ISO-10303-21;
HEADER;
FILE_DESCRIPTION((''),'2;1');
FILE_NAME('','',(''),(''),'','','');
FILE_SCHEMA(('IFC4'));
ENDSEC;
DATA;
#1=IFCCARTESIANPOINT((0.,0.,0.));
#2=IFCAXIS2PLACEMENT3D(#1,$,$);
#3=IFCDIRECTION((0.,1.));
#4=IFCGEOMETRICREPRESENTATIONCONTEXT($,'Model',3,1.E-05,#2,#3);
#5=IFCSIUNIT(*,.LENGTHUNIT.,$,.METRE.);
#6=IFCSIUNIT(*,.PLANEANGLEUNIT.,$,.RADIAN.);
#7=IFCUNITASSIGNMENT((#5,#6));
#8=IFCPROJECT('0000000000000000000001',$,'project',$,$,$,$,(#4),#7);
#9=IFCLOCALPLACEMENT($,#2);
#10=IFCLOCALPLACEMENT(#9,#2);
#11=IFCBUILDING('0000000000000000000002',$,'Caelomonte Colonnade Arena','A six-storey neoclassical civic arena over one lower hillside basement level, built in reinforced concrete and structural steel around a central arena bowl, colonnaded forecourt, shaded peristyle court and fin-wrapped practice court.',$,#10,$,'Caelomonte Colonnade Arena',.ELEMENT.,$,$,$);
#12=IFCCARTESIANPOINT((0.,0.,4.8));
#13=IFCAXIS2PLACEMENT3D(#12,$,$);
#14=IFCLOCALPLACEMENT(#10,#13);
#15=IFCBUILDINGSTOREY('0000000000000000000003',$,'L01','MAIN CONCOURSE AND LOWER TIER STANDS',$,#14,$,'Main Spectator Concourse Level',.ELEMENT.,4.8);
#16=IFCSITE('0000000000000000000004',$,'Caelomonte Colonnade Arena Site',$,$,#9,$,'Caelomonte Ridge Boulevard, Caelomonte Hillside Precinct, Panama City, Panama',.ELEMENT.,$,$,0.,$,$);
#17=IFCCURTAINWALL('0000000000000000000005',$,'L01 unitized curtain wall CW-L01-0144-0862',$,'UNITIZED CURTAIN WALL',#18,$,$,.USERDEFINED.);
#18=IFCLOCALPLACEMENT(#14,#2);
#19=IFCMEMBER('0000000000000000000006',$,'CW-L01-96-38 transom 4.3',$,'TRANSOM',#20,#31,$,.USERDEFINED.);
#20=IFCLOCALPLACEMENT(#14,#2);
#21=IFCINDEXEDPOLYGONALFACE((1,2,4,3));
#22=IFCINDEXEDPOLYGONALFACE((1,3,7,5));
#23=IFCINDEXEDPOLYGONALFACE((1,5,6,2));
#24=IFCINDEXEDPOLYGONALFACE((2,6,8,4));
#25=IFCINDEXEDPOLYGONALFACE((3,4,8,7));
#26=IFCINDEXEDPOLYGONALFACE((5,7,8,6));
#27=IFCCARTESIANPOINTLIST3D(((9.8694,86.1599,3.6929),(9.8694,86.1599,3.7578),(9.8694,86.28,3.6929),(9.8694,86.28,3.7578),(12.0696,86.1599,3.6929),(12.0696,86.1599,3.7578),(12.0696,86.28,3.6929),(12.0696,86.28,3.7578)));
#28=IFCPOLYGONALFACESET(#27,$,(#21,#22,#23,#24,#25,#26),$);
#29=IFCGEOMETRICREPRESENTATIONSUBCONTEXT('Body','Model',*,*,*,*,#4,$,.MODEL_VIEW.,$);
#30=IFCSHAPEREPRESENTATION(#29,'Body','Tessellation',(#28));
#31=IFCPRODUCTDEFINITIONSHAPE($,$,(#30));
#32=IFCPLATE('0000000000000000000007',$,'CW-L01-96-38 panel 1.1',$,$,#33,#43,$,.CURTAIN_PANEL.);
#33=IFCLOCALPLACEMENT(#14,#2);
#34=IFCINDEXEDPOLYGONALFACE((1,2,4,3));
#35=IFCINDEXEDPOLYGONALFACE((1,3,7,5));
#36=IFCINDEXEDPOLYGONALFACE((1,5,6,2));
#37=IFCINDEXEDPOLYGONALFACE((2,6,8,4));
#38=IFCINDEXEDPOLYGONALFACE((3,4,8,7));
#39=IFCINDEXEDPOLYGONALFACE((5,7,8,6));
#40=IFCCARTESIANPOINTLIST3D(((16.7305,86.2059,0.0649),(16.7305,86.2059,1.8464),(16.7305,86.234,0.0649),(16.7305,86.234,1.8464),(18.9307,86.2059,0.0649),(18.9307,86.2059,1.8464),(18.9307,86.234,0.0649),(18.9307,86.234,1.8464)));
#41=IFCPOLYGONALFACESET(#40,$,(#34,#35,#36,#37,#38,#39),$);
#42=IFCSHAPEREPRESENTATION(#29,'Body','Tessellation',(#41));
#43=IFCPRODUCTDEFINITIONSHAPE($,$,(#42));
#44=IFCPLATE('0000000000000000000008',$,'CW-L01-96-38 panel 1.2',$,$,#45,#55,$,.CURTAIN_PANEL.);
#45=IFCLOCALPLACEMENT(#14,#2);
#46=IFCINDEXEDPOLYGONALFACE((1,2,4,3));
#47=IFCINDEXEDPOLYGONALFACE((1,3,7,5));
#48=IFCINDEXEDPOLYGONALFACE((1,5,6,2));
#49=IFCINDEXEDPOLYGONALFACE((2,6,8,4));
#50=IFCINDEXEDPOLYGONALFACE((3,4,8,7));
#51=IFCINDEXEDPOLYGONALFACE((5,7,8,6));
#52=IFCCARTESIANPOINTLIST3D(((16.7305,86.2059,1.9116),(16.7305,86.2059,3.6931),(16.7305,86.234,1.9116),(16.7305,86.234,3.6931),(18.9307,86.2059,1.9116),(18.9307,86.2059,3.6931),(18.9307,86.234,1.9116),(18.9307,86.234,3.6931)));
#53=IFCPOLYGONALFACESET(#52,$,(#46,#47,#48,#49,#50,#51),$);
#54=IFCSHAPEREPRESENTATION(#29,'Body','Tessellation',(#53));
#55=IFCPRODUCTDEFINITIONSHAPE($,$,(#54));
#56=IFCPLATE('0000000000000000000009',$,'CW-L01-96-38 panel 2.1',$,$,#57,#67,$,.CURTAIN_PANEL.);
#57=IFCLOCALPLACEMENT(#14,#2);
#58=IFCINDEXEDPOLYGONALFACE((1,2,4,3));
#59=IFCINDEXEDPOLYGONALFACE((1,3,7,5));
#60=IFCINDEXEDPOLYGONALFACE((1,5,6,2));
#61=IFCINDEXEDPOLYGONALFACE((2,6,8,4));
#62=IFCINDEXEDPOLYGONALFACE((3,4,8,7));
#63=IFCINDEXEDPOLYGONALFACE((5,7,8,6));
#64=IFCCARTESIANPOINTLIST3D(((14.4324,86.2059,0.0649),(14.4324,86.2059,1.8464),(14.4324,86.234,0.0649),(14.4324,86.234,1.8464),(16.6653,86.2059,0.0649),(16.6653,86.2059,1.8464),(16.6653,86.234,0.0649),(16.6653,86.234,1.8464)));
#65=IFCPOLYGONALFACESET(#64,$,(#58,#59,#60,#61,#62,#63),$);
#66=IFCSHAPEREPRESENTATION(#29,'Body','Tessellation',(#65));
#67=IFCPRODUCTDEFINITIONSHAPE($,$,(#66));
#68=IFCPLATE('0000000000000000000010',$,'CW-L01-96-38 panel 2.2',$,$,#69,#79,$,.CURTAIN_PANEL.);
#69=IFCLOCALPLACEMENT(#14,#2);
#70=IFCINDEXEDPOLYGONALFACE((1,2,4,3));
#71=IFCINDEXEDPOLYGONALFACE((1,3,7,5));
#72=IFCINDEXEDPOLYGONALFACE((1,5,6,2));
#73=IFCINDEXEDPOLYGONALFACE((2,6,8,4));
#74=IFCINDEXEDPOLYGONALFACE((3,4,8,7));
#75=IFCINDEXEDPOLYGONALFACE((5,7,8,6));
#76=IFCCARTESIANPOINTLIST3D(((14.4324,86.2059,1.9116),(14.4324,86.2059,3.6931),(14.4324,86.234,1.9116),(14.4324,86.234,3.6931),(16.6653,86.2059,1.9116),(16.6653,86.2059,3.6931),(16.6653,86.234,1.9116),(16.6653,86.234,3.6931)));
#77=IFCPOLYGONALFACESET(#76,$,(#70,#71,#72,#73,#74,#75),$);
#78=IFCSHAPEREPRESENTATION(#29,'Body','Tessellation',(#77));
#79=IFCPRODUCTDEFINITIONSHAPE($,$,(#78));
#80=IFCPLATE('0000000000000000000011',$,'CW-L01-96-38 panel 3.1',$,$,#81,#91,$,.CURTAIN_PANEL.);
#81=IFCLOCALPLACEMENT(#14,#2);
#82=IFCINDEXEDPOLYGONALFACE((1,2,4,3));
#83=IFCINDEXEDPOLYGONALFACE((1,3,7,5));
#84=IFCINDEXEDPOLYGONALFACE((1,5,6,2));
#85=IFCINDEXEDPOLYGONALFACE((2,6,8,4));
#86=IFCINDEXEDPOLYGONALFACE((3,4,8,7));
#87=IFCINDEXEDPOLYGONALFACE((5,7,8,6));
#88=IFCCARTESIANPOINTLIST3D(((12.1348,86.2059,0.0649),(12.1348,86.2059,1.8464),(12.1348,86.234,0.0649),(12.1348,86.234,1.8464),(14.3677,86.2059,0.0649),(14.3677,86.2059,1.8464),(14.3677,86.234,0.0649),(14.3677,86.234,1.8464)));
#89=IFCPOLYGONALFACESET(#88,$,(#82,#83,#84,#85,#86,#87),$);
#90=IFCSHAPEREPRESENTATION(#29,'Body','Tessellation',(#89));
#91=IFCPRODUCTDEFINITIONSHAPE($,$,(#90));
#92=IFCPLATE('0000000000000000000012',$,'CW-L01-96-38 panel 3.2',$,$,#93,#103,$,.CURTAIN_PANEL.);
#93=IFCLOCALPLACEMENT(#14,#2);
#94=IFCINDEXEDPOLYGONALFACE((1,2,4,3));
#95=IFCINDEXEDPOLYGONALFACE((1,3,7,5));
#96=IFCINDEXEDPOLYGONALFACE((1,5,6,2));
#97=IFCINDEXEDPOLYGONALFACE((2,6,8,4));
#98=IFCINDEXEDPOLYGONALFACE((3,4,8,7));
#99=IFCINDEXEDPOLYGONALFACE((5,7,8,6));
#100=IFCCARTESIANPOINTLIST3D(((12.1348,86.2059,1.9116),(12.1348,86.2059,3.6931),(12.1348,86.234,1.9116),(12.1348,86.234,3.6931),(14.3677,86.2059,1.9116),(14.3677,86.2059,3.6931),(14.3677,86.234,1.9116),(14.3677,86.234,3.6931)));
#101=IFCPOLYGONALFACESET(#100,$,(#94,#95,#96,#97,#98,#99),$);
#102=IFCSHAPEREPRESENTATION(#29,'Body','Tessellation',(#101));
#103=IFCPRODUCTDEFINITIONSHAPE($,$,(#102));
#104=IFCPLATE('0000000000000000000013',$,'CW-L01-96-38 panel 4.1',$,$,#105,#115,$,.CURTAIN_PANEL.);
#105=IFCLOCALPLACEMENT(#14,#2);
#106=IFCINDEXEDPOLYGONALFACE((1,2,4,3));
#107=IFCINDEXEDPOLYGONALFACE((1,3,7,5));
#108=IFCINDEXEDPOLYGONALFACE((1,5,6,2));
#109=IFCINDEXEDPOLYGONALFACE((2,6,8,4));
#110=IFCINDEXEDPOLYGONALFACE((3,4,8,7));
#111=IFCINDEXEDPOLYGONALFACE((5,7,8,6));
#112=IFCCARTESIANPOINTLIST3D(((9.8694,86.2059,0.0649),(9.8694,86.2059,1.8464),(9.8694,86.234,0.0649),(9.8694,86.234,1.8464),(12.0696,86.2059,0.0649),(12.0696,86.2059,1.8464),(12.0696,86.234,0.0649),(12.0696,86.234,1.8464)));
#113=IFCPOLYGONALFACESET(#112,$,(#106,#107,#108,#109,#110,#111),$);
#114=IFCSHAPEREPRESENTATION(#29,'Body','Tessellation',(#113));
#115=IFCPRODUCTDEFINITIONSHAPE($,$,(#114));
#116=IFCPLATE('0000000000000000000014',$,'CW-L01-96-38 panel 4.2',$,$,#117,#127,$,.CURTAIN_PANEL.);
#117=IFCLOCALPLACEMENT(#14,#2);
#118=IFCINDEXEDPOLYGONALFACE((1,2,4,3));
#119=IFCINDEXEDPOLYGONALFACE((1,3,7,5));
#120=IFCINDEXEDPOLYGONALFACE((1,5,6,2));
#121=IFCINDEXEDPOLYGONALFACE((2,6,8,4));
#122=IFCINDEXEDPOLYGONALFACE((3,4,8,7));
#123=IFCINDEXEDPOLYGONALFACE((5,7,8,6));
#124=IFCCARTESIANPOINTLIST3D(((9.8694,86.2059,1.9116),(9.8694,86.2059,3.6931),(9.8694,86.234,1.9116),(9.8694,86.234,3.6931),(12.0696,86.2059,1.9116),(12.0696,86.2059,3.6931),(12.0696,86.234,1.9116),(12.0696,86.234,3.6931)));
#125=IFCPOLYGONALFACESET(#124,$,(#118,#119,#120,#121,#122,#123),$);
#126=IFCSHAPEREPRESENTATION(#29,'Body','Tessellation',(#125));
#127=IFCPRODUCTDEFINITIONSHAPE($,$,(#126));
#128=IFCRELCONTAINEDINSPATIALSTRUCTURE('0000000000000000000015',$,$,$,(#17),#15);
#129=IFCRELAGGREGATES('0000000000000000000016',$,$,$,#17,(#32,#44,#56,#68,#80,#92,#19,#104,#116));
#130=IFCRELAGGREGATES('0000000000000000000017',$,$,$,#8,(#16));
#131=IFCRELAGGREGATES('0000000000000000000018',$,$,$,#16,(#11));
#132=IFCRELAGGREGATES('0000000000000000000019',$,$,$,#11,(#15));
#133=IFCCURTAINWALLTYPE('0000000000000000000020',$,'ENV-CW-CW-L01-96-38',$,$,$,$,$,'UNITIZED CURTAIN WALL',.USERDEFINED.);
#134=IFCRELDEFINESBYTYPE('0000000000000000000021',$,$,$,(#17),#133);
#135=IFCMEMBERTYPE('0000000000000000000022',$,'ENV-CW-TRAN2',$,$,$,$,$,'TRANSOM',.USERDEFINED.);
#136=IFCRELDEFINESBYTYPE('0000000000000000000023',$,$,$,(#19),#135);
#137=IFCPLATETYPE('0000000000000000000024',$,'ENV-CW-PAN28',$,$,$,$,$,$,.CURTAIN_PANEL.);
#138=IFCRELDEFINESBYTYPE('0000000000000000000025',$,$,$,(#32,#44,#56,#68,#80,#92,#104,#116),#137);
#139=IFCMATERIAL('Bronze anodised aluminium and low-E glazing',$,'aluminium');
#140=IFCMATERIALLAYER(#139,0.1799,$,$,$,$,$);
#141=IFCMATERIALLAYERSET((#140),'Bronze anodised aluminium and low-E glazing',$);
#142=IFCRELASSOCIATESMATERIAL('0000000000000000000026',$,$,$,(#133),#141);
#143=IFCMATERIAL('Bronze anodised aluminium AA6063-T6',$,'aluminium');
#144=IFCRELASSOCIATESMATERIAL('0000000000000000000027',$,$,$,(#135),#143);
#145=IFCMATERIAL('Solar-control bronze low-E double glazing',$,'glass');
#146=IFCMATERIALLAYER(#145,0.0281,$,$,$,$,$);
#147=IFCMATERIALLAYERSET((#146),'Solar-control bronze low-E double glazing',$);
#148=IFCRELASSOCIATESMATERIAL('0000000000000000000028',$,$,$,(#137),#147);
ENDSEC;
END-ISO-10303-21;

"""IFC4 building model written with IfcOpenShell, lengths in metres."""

from ifc_helpers import new_model, si_unit, direction, frame, origin, origin_2d, place, context, subcontext, project, spatial, rectangle, extrude, material, layer, layer_set, material_profile, profile_set, type_object, element, aggregate, save


model = new_model("IFC4")

# Units and contexts
model_context = context("Model", 3, precision=1e-05, world=origin(), true_north=direction((0.0, 1.0)))
body_context = subcontext(model_context, "Body", "Model", "MODEL_VIEW")
ifc_project = project(units=[si_unit("LENGTHUNIT", "METRE"), si_unit("PLANEANGLEUNIT", "RADIAN")], contexts=[model_context])

# Site, building, storey
site_placement = place(None, origin())
site = spatial("IfcSite", under=ifc_project, at=site_placement, Name="Caelomonte Colonnade Arena Site", LongName="Caelomonte Ridge Boulevard, Caelomonte Hillside Precinct, Panama City, Panama", CompositionType="ELEMENT", RefElevation=0.0)
building_placement = place(site_placement, origin())
building = spatial("IfcBuilding", under=site, at=building_placement, Name="Caelomonte Colonnade Arena", Description="A six-storey neoclassical civic arena over one lower hillside basement level, built in reinforced concrete and structural steel around a central arena bowl, colonnaded forecourt, shaded peristyle court and fin-wrapped practice court.", LongName="Caelomonte Colonnade Arena", CompositionType="ELEMENT")
storey_placement = place(building_placement, frame((0.0, 0.0, 4.8)))
storey = spatial("IfcBuildingStorey", under=building, at=storey_placement, Name="L01", Description="MAIN CONCOURSE AND LOWER TIER STANDS", LongName="Main Spectator Concourse Level", CompositionType="ELEMENT", Elevation=4.8)

# Curtain wall, member, plates
ifc_material_1 = material(Name="Bronze anodised aluminium and low-E glazing", Category="aluminium")
ifc_layer_1 = layer(ifc_material_1, 0.1799)
ifc_layer_set_1 = layer_set([ifc_layer_1], Name="Bronze anodised aluminium and low-E glazing")
curtain_wall_type = type_object("IfcCurtainWallType", Name="ENV-CW-CW-L01-96-38", ElementType="UNITIZED CURTAIN WALL", PredefinedType="USERDEFINED", material=ifc_layer_set_1)
curtain_wall_placement = place(storey_placement, origin())
curtain_wall = element("IfcCurtainWall", 1, at=curtain_wall_placement, inside=storey, type_object=curtain_wall_type, Name="L01 unitized curtain wall CW-L01-0144-0862", ObjectType="UNITIZED CURTAIN WALL", PredefinedType="USERDEFINED")
ifc_material_2 = material(Name="Bronze anodised aluminium AA6063-T6", Category="aluminium")
ifc_material_profile_1 = material_profile(ifc_material_2, rectangle(XDim=0.0649, YDim=0.1201, at=origin_2d()), Name="CWT-65X120")
ifc_profile_set_1 = profile_set([ifc_material_profile_1], Name="Bronze anodised aluminium AA6063-T6")
member_type_1 = type_object("IfcMemberType", Name="ENV-CW-TRAN2", ElementType="TRANSOM", PredefinedType="USERDEFINED", material=ifc_profile_set_1)
member_1_placement = place(storey_placement, frame((12.0696, 86.22, 3.7253), z_axis=(-1.0, 0.0, 0.0), x_axis=(0.0, 0.0, 1.0)))
member_1 = element("IfcMember", 2, at=member_1_placement, type_object=member_type_1, Name="CW-L01-96-38 transom 4.3", ObjectType="TRANSOM", PredefinedType="USERDEFINED", context=body_context, shape_type="SweptSolid", body=[
    extrude(rectangle(XDim=0.0649, YDim=0.1201, at=origin_2d()), origin(), (0.0, 0.0, 1.0), 2.2002),
])
ifc_material_3 = material(Name="Solar-control bronze low-E double glazing", Category="glass")
ifc_layer_2 = layer(ifc_material_3, 0.0281)
ifc_layer_set_2 = layer_set([ifc_layer_2], Name="Solar-control bronze low-E double glazing")
plate_type = type_object("IfcPlateType", Name="ENV-CW-PAN28", PredefinedType="CURTAIN_PANEL", material=ifc_layer_set_2)
plate_1_placement = place(storey_placement, frame((17.8306, 86.22, 0.0649), z_axis=(0.0, 0.0, 1.0), x_axis=(-1.0, 0.0, 0.0)))
plate_1 = element("IfcPlate", 3, at=plate_1_placement, type_object=plate_type, Name="CW-L01-96-38 panel 1.1", PredefinedType="CURTAIN_PANEL", context=body_context, shape_type="SweptSolid", body=[
    extrude(rectangle(XDim=2.2002, YDim=0.0281, at=origin_2d()), origin(), (0.0, 0.0, 1.0), 1.7815),
])
plate_2_placement = place(storey_placement, frame((17.8306, 86.22, 1.9116), z_axis=(0.0, 0.0, 1.0), x_axis=(-1.0, 0.0, 0.0)))
plate_2 = element("IfcPlate", 4, at=plate_2_placement, type_object=plate_type, Name="CW-L01-96-38 panel 1.2", PredefinedType="CURTAIN_PANEL", context=body_context, shape_type="SweptSolid", body=[
    extrude(rectangle(XDim=2.2002, YDim=0.0281, at=origin_2d()), origin(), (0.0, 0.0, 1.0), 1.7815),
])
plate_3_placement = place(storey_placement, frame((15.5488, 86.22, 0.0649), z_axis=(0.0, 0.0, 1.0), x_axis=(-1.0, 0.0, 0.0)))
plate_3 = element("IfcPlate", 5, at=plate_3_placement, type_object=plate_type, Name="CW-L01-96-38 panel 2.1", PredefinedType="CURTAIN_PANEL", context=body_context, shape_type="SweptSolid", body=[
    extrude(rectangle(XDim=2.2329, YDim=0.0281, at=origin_2d()), origin(), (0.0, 0.0, 1.0), 1.7815),
])
plate_4_placement = place(storey_placement, frame((15.5488, 86.22, 1.9116), z_axis=(0.0, 0.0, 1.0), x_axis=(-1.0, 0.0, 0.0)))
plate_4 = element("IfcPlate", 6, at=plate_4_placement, type_object=plate_type, Name="CW-L01-96-38 panel 2.2", PredefinedType="CURTAIN_PANEL", context=body_context, shape_type="SweptSolid", body=[
    extrude(rectangle(XDim=2.2329, YDim=0.0281, at=origin_2d()), origin(), (0.0, 0.0, 1.0), 1.7815),
])
plate_5_placement = place(storey_placement, frame((13.2512, 86.22, 0.0649), z_axis=(0.0, 0.0, 1.0), x_axis=(-1.0, 0.0, 0.0)))
plate_5 = element("IfcPlate", 7, at=plate_5_placement, type_object=plate_type, Name="CW-L01-96-38 panel 3.1", PredefinedType="CURTAIN_PANEL", context=body_context, shape_type="SweptSolid", body=[
    extrude(rectangle(XDim=2.2329, YDim=0.0281, at=origin_2d()), origin(), (0.0, 0.0, 1.0), 1.7815),
])
plate_6_placement = place(storey_placement, frame((13.2512, 86.22, 1.9116), z_axis=(0.0, 0.0, 1.0), x_axis=(-1.0, 0.0, 0.0)))
plate_6 = element("IfcPlate", 8, at=plate_6_placement, type_object=plate_type, Name="CW-L01-96-38 panel 3.2", PredefinedType="CURTAIN_PANEL", context=body_context, shape_type="SweptSolid", body=[
    extrude(rectangle(XDim=2.2329, YDim=0.0281, at=origin_2d()), origin(), (0.0, 0.0, 1.0), 1.7815),
])
plate_7_placement = place(storey_placement, frame((10.9695, 86.22, 0.0649), z_axis=(0.0, 0.0, 1.0), x_axis=(-1.0, 0.0, 0.0)))
plate_7 = element("IfcPlate", 9, at=plate_7_placement, type_object=plate_type, Name="CW-L01-96-38 panel 4.1", PredefinedType="CURTAIN_PANEL", context=body_context, shape_type="SweptSolid", body=[
    extrude(rectangle(XDim=2.2002, YDim=0.0281, at=origin_2d()), origin(), (0.0, 0.0, 1.0), 1.7815),
])
plate_8_placement = place(storey_placement, frame((10.9695, 86.22, 1.9116), z_axis=(0.0, 0.0, 1.0), x_axis=(-1.0, 0.0, 0.0)))
plate_8 = element("IfcPlate", 10, at=plate_8_placement, type_object=plate_type, Name="CW-L01-96-38 panel 4.2", PredefinedType="CURTAIN_PANEL", context=body_context, shape_type="SweptSolid", body=[
    extrude(rectangle(XDim=2.2002, YDim=0.0281, at=origin_2d()), origin(), (0.0, 0.0, 1.0), 1.7815),
])
aggregate(curtain_wall, [plate_1, plate_2, plate_3, plate_4, plate_5, plate_6, member_1, plate_7, plate_8])

save(model, "model.ifc")
